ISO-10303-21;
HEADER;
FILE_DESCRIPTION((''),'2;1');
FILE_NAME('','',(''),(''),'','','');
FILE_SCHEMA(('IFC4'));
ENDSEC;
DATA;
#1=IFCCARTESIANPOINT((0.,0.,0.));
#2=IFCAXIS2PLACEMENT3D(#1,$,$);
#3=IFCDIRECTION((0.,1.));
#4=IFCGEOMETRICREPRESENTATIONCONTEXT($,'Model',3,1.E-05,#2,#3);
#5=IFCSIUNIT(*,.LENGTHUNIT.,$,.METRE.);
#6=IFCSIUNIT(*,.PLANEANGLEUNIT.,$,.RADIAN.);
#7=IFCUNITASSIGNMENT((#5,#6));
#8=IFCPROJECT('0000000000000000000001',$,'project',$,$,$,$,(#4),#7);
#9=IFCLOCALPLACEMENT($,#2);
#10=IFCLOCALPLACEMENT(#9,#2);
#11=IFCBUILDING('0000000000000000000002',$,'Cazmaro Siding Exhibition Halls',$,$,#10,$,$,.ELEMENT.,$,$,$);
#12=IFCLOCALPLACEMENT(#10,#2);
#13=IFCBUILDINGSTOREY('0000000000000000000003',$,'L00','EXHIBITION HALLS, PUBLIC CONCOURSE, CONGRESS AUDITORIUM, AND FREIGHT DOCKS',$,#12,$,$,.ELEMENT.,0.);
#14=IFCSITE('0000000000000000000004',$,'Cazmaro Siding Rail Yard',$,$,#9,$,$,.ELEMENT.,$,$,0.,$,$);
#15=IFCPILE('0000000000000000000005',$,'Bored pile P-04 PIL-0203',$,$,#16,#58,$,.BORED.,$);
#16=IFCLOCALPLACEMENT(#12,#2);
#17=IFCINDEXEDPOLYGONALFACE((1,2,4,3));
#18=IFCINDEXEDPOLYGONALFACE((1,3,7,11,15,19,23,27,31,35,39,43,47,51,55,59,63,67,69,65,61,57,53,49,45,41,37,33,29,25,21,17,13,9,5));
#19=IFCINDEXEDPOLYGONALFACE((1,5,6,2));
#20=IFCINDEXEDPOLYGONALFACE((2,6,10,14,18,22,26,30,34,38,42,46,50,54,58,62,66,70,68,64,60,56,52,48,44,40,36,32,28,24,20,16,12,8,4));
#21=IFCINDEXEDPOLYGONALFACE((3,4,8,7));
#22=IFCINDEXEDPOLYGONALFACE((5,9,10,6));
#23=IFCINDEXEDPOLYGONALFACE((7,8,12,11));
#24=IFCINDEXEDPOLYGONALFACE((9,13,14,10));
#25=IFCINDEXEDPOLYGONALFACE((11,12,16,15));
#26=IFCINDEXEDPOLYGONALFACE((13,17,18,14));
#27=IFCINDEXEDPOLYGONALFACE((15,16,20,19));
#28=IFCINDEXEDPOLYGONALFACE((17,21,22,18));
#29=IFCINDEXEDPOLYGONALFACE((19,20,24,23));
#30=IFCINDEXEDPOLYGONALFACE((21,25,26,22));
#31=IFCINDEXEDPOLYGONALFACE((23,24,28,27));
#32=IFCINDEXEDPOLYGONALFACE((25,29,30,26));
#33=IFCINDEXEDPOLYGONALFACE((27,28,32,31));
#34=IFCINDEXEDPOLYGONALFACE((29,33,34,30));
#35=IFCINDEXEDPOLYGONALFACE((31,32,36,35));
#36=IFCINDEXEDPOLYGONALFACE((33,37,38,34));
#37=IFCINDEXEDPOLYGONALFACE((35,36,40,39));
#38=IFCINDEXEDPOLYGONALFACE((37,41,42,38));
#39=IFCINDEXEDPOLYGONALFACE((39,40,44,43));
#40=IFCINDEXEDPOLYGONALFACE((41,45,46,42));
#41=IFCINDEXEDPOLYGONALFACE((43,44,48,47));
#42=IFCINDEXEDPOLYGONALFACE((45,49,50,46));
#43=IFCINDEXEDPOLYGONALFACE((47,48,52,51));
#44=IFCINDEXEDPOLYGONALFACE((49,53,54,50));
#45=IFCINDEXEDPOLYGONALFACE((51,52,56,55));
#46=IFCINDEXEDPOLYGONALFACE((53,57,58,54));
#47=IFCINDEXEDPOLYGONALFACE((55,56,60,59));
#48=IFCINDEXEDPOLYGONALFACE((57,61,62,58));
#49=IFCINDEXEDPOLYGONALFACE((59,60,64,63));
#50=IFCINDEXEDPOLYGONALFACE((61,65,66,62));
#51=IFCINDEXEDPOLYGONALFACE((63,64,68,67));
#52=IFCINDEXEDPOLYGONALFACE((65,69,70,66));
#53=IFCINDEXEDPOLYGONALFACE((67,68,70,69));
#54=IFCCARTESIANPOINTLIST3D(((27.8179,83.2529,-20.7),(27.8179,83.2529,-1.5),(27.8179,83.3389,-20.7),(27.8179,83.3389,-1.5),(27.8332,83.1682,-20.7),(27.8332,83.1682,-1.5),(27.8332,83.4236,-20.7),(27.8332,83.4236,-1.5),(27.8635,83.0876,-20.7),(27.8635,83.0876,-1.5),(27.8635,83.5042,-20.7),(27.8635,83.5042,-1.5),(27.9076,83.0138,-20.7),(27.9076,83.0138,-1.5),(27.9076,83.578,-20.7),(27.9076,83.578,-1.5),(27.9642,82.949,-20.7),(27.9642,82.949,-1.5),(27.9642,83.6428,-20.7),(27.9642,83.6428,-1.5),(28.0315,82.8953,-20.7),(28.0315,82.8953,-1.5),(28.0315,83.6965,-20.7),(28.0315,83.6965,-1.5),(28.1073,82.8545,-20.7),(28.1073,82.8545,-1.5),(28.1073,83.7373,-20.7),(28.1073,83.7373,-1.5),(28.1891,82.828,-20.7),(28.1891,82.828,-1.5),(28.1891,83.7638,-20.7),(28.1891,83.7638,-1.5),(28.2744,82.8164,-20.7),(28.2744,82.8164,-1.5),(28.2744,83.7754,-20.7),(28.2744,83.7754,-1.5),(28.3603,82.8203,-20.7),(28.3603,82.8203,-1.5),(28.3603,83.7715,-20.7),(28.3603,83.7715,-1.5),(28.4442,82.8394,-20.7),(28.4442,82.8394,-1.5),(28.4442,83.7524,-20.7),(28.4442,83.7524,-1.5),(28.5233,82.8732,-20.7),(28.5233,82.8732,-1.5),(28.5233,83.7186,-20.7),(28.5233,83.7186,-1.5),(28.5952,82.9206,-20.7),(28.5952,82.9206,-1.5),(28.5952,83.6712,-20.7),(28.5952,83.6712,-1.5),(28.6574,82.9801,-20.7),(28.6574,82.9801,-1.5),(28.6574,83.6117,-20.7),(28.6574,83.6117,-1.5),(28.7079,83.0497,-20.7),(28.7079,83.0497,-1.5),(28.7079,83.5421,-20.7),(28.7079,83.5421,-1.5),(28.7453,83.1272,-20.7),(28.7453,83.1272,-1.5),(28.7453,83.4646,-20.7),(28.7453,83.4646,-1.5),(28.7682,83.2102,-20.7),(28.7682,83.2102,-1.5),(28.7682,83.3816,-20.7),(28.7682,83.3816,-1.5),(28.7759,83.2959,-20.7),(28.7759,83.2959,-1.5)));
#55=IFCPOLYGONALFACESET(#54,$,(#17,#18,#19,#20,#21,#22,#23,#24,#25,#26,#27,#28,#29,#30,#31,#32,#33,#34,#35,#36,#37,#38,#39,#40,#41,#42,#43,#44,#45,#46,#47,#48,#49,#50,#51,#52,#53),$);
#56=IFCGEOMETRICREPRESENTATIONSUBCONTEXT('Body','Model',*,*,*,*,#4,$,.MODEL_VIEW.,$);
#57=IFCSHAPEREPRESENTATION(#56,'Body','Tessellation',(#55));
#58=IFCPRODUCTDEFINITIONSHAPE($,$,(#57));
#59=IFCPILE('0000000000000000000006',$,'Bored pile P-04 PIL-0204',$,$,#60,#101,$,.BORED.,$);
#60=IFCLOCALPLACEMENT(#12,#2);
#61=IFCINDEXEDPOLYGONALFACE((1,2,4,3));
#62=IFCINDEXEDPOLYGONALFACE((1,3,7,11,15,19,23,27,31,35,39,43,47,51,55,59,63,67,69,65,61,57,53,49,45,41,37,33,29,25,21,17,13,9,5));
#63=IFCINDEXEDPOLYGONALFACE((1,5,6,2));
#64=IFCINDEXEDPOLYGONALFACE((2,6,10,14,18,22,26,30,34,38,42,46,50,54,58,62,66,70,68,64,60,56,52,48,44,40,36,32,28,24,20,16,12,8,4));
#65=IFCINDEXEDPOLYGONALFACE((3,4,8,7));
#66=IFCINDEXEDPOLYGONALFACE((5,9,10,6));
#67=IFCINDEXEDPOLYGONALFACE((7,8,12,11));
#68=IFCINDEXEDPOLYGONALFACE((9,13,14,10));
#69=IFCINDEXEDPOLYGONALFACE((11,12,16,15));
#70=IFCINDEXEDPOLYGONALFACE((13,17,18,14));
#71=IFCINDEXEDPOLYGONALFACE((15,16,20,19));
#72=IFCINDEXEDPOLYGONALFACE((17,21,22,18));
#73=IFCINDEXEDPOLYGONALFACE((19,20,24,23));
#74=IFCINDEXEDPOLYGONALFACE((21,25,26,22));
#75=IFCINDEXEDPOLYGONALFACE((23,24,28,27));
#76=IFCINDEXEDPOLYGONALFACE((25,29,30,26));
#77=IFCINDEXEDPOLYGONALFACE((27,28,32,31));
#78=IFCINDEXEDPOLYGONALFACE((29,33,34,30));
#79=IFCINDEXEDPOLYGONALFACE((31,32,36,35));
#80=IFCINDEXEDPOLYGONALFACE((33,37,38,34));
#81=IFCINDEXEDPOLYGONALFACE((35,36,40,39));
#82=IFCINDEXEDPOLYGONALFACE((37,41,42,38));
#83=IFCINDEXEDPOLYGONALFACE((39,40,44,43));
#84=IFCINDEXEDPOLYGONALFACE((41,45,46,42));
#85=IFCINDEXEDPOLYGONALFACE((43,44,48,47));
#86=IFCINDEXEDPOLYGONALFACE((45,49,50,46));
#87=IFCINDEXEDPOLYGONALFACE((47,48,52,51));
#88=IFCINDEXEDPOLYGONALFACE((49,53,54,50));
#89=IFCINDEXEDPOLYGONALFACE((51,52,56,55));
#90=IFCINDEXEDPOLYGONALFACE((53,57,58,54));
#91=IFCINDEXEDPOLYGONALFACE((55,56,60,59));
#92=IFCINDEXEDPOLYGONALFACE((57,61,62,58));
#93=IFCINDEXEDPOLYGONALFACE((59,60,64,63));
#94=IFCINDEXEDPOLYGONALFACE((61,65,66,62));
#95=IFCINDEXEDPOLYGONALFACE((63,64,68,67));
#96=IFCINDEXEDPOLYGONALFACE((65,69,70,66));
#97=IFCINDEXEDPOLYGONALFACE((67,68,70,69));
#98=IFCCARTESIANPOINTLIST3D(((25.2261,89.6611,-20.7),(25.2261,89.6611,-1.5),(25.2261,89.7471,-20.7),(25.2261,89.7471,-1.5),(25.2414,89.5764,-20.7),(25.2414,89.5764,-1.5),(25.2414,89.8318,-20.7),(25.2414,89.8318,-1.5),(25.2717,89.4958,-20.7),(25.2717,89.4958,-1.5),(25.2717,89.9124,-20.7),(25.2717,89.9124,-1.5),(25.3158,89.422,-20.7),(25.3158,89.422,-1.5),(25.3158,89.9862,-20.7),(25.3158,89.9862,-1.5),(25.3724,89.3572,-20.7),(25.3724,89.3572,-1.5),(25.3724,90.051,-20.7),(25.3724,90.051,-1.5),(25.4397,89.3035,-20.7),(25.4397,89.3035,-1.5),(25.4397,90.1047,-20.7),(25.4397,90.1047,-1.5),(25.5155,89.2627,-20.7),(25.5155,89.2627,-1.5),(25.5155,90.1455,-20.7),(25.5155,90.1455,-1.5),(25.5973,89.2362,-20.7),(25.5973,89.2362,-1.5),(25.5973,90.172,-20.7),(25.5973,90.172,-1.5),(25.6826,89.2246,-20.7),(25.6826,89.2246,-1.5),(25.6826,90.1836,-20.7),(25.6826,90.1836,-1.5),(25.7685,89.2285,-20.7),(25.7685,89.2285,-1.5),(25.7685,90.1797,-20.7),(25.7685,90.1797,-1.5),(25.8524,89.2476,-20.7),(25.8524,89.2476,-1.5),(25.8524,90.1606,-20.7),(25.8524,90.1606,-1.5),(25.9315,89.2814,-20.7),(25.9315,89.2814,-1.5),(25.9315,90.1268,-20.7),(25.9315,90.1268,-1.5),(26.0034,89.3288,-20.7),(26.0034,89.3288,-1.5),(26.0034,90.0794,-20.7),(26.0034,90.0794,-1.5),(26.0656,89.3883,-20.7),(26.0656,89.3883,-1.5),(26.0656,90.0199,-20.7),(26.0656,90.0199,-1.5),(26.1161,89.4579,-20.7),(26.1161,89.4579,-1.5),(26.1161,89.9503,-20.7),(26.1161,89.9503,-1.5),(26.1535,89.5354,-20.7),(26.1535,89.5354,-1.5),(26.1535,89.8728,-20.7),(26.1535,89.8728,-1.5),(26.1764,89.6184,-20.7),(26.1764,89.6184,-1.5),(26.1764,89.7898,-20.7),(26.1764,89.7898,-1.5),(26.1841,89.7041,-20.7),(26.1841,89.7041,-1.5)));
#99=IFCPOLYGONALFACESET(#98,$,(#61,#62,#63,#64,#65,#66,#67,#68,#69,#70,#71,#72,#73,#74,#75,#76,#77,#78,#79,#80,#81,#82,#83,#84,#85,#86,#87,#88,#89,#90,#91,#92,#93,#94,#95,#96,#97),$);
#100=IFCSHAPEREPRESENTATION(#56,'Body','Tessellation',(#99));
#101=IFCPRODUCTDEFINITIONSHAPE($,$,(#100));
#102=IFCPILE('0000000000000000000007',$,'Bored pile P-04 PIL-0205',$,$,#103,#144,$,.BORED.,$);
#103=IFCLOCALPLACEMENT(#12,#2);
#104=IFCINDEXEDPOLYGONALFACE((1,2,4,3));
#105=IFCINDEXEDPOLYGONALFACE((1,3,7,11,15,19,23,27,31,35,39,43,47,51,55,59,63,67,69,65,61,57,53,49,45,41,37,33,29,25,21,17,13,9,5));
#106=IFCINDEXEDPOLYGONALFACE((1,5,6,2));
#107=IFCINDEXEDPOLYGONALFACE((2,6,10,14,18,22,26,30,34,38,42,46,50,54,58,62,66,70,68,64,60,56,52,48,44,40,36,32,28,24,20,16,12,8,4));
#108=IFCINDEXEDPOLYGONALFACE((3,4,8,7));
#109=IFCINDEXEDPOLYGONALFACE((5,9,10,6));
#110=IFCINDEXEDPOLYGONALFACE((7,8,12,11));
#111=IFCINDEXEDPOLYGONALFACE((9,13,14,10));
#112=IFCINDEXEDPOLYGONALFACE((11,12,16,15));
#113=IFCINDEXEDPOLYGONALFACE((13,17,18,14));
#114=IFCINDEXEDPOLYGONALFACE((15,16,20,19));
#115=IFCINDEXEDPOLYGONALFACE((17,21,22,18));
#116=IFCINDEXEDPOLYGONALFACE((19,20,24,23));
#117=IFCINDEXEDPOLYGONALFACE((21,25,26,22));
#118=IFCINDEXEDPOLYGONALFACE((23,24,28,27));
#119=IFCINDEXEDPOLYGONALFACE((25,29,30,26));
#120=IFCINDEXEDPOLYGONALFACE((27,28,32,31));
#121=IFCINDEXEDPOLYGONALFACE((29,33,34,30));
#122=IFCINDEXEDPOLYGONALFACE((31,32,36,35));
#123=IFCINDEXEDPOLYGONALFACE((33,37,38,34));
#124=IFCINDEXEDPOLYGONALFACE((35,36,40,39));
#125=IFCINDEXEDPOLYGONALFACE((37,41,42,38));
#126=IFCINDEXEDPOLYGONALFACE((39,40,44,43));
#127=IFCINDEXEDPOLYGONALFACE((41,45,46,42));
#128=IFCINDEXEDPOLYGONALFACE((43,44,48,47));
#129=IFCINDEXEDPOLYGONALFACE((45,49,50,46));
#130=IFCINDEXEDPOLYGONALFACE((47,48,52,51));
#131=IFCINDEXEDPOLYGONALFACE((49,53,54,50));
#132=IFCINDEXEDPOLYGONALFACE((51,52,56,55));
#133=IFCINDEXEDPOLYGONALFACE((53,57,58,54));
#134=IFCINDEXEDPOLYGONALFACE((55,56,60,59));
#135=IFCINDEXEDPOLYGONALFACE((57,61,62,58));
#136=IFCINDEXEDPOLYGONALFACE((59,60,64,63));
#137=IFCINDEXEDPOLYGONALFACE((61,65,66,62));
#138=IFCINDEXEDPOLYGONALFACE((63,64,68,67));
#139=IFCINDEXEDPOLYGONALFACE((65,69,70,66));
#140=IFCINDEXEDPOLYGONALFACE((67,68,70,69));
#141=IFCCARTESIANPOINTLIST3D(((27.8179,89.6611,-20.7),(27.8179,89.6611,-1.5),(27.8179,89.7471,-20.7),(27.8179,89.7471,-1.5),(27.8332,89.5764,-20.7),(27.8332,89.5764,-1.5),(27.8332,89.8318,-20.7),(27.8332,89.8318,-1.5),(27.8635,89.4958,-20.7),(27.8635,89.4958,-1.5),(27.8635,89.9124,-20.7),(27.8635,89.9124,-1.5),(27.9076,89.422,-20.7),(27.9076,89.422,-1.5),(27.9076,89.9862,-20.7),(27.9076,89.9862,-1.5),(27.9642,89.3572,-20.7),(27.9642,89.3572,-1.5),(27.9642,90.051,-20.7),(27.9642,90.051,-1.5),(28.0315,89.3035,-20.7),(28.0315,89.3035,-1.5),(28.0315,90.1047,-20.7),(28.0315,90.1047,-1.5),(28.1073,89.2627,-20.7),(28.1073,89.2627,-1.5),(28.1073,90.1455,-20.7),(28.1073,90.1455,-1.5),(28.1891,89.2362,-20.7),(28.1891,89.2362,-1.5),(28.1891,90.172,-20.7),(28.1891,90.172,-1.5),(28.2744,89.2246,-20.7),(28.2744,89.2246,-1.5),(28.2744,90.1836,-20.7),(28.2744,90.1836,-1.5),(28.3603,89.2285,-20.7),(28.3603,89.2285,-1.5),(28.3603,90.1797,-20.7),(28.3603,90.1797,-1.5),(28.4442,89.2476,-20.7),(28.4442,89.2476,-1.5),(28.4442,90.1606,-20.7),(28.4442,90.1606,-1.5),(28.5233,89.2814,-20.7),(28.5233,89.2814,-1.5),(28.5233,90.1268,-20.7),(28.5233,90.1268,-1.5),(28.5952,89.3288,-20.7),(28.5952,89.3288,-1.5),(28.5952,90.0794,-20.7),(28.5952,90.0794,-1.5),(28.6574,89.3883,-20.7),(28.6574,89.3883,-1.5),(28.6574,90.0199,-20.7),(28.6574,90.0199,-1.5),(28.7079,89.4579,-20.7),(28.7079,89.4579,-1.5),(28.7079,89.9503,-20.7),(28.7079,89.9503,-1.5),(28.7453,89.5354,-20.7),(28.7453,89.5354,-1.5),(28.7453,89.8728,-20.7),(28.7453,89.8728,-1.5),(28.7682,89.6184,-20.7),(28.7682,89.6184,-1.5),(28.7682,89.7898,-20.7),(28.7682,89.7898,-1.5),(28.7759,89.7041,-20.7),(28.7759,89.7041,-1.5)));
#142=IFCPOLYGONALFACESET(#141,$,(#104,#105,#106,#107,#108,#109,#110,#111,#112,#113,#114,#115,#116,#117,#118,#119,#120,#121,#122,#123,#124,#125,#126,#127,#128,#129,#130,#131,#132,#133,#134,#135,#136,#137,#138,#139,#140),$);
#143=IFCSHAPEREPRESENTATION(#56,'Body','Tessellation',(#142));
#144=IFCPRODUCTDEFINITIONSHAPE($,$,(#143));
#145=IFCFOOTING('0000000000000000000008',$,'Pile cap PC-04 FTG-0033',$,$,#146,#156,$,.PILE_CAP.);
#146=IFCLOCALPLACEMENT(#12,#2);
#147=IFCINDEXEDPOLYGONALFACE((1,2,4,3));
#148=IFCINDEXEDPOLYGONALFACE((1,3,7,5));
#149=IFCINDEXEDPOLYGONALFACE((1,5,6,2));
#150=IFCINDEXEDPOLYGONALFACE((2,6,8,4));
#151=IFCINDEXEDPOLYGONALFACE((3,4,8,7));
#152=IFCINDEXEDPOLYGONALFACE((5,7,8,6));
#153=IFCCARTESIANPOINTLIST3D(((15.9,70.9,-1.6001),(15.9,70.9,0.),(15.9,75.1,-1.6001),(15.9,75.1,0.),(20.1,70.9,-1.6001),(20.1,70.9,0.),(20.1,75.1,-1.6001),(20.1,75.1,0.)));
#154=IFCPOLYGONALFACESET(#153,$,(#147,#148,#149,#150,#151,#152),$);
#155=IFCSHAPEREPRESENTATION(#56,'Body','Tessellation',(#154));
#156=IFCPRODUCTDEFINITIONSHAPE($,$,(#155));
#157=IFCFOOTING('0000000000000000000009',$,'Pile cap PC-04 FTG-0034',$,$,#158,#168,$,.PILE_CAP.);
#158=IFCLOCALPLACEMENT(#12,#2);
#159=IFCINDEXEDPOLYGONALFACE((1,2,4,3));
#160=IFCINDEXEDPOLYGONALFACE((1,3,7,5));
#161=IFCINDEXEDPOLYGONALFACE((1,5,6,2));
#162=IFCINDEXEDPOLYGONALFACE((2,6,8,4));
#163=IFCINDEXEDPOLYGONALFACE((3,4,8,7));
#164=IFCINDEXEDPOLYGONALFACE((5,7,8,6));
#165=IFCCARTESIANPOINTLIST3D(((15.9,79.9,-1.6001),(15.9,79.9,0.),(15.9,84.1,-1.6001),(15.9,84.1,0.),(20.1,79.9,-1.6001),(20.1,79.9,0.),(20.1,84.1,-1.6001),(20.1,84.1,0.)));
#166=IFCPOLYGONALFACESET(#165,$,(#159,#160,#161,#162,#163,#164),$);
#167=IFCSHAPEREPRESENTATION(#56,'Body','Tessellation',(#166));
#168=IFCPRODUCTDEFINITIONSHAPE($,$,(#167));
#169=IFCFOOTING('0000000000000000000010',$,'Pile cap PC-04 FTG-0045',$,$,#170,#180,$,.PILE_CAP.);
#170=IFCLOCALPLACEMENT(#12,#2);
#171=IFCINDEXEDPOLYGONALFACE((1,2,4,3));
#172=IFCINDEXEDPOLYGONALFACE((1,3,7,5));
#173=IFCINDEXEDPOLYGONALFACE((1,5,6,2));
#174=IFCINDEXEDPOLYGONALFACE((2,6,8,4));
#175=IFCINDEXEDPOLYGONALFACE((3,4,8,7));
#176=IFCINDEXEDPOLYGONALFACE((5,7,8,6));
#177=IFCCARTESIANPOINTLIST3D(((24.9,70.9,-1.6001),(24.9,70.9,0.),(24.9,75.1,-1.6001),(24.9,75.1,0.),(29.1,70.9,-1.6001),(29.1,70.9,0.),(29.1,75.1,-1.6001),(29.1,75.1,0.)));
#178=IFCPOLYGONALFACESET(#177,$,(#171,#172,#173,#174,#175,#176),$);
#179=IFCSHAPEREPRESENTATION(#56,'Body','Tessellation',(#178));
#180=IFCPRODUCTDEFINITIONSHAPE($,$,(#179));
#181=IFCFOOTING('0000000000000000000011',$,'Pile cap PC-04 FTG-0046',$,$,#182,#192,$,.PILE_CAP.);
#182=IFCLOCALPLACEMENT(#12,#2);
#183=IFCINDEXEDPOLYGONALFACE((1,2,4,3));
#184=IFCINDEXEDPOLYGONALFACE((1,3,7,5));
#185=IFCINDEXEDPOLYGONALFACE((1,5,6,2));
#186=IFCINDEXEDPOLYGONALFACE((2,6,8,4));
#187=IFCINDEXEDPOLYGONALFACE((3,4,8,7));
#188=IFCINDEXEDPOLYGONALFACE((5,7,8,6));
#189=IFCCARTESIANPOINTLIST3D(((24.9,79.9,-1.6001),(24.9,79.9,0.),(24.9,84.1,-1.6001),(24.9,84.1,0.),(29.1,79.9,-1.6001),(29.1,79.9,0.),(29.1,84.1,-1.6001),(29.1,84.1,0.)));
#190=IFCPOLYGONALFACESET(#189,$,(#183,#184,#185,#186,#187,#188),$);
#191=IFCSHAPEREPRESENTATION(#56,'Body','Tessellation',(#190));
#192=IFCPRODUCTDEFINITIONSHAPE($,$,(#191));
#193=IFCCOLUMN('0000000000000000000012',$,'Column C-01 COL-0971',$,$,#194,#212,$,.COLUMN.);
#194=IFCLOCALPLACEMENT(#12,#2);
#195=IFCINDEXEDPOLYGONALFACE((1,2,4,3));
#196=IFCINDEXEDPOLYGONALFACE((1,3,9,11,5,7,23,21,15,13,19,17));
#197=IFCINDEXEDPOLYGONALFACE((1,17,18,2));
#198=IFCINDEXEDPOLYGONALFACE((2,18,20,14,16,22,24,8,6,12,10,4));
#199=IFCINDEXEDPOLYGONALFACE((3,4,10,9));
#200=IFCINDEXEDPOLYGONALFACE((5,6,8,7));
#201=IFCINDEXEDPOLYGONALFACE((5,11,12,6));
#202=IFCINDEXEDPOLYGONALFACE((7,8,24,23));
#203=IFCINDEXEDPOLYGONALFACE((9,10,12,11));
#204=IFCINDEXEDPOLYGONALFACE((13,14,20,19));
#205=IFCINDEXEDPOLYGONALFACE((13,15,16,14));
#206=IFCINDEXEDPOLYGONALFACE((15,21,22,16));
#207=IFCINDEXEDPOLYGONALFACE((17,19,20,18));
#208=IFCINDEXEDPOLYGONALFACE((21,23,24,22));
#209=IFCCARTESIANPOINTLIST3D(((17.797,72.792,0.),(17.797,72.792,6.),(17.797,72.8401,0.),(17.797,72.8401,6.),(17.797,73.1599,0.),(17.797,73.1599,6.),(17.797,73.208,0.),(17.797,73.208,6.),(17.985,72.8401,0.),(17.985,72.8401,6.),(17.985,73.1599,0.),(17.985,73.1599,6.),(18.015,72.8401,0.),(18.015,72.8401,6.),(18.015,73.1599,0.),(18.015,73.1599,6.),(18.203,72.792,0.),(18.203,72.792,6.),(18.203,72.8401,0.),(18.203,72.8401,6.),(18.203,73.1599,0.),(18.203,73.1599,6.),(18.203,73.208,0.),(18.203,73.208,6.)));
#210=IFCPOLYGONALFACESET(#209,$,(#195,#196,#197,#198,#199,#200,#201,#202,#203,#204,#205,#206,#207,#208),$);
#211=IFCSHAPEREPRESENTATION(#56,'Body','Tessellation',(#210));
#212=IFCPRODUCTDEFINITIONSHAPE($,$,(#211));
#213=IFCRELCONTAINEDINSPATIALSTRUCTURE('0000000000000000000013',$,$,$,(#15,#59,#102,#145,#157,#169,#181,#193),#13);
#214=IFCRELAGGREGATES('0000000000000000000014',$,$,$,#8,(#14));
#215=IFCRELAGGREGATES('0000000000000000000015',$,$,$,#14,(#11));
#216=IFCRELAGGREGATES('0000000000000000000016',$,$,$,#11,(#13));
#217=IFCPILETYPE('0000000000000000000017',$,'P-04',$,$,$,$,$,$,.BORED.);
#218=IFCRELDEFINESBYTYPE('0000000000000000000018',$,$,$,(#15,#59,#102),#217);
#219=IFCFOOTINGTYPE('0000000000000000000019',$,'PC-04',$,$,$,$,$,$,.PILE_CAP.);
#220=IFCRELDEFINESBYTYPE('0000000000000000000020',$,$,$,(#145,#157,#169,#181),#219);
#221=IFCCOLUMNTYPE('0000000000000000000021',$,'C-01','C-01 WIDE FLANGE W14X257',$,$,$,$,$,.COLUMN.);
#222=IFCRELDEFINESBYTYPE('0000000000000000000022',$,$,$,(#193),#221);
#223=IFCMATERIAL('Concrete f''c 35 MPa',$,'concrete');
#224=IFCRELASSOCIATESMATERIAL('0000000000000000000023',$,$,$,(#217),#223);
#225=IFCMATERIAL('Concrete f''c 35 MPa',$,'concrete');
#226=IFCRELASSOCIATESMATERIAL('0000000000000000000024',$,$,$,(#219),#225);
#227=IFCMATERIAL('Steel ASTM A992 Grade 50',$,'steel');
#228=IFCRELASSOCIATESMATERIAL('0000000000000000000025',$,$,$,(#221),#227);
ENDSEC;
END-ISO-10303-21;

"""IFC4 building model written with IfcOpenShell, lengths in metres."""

from ifc_helpers import new_model, si_unit, direction, frame, origin, origin_2d, place, context, subcontext, project, spatial, rectangle, circle, i_section, extrude, material, material_profile, profile_set, type_object, element, save


model = new_model("IFC4")

# Units and contexts
model_context = context("Model", 3, precision=1e-05, world=origin(), true_north=direction((0.0, 1.0)))
body_context = subcontext(model_context, "Body", "Model", "MODEL_VIEW")
ifc_project = project(units=[si_unit("LENGTHUNIT", "METRE"), si_unit("PLANEANGLEUNIT", "RADIAN")], contexts=[model_context])

# Site, building, storey
site_placement = place(None, origin())
site = spatial("IfcSite", under=ifc_project, at=site_placement, Name="Cazmaro Siding Rail Yard", CompositionType="ELEMENT", RefElevation=0.0)
building_placement = place(site_placement, origin())
building = spatial("IfcBuilding", under=site, at=building_placement, Name="Cazmaro Siding Exhibition Halls", CompositionType="ELEMENT")
storey_placement = place(building_placement, origin())
storey = spatial("IfcBuildingStorey", under=building, at=storey_placement, Name="L00", Description="EXHIBITION HALLS, PUBLIC CONCOURSE, CONGRESS AUDITORIUM, AND FREIGHT DOCKS", CompositionType="ELEMENT", Elevation=0.0)

# Piles
ifc_material_1 = material(Name="Concrete f'c 35 MPa", Category="concrete")
ifc_material_profile_1 = material_profile(ifc_material_1, circle(Radius=0.48, at=origin_2d()), Name="CIDH-960")
ifc_profile_set_1 = profile_set([ifc_material_profile_1], Name="Concrete f'c 35 MPa")
pile_type = type_object("IfcPileType", Name="P-04", PredefinedType="BORED", material=ifc_profile_set_1)
for number, where, z_axis, x_axis, name in (
    (1, (28.2959, 83.2959, -1.5), (0.0, 0.0, -1.0), (1.0, 0.0, 0.0), "Bored pile P-04 PIL-0203"),
    (2, (25.7041, 89.7041, -1.5), (0.0, 0.0, -1.0), (1.0, 0.0, 0.0), "Bored pile P-04 PIL-0204"),
    (3, (28.2959, 89.7041, -1.5), (0.0, 0.0, -1.0), (1.0, 0.0, 0.0), "Bored pile P-04 PIL-0205"),
):
    element("IfcPile", number, at=place(storey_placement, frame(where, z_axis=z_axis, x_axis=x_axis)), inside=storey, type_object=pile_type, Name=name, PredefinedType="BORED", context=body_context, shape_type="SweptSolid", body=[
        extrude(circle(Radius=0.48, at=origin_2d()), origin(), (0.0, 0.0, 1.0), 19.2),
    ])

# Footings
ifc_material_2 = material(Name="Concrete f'c 35 MPa", Category="concrete")
footing_type = type_object("IfcFootingType", Name="PC-04", PredefinedType="PILE_CAP", material=ifc_material_2)
for number, where, z_axis, x_axis, name in (
    (4, (18.0, 73.0, -1.6001), (0.0, 0.0, 1.0), (1.0, 0.0, 0.0), "Pile cap PC-04 FTG-0033"),
    (5, (18.0, 82.0, -1.6001), (0.0, 0.0, 1.0), (1.0, 0.0, 0.0), "Pile cap PC-04 FTG-0034"),
    (6, (27.0, 73.0, -1.6001), (0.0, 0.0, 1.0), (1.0, 0.0, 0.0), "Pile cap PC-04 FTG-0045"),
    (7, (27.0, 82.0, -1.6001), (0.0, 0.0, 1.0), (1.0, 0.0, 0.0), "Pile cap PC-04 FTG-0046"),
):
    element("IfcFooting", number, at=place(storey_placement, frame(where, z_axis=z_axis, x_axis=x_axis)), inside=storey, type_object=footing_type, Name=name, PredefinedType="PILE_CAP", context=body_context, shape_type="SweptSolid", body=[
        extrude(rectangle(XDim=4.2, YDim=4.2, at=origin_2d()), origin(), (0.0, 0.0, 1.0), 1.6001),
    ])

# Column
ifc_material_3 = material(Name="Steel ASTM A992 Grade 50", Category="steel")
ifc_material_profile_2 = material_profile(ifc_material_3, i_section(OverallWidth=0.406, OverallDepth=0.416, WebThickness=0.03, FlangeThickness=0.0481, at=origin_2d()), Name="W14X257")
ifc_profile_set_2 = profile_set([ifc_material_profile_2], Name="Steel ASTM A992 Grade 50")
column_type = type_object("IfcColumnType", Name="C-01", Description="C-01 WIDE FLANGE W14X257", PredefinedType="COLUMN", material=ifc_profile_set_2)
for number, where, z_axis, x_axis, name in (
    (8, (18.0, 73.0, 0.0), (0.0, 0.0, 1.0), (1.0, 0.0, 0.0), "Column C-01 COL-0971"),
):
    element("IfcColumn", number, at=place(storey_placement, frame(where, z_axis=z_axis, x_axis=x_axis)), inside=storey, type_object=column_type, Name=name, PredefinedType="COLUMN", context=body_context, shape_type="SweptSolid", body=[
        extrude(i_section(OverallWidth=0.406, OverallDepth=0.416, WebThickness=0.03, FlangeThickness=0.0481, at=origin_2d()), origin(), (0.0, 0.0, 1.0), 6.0),
    ])

save(model, "model.ifc")
